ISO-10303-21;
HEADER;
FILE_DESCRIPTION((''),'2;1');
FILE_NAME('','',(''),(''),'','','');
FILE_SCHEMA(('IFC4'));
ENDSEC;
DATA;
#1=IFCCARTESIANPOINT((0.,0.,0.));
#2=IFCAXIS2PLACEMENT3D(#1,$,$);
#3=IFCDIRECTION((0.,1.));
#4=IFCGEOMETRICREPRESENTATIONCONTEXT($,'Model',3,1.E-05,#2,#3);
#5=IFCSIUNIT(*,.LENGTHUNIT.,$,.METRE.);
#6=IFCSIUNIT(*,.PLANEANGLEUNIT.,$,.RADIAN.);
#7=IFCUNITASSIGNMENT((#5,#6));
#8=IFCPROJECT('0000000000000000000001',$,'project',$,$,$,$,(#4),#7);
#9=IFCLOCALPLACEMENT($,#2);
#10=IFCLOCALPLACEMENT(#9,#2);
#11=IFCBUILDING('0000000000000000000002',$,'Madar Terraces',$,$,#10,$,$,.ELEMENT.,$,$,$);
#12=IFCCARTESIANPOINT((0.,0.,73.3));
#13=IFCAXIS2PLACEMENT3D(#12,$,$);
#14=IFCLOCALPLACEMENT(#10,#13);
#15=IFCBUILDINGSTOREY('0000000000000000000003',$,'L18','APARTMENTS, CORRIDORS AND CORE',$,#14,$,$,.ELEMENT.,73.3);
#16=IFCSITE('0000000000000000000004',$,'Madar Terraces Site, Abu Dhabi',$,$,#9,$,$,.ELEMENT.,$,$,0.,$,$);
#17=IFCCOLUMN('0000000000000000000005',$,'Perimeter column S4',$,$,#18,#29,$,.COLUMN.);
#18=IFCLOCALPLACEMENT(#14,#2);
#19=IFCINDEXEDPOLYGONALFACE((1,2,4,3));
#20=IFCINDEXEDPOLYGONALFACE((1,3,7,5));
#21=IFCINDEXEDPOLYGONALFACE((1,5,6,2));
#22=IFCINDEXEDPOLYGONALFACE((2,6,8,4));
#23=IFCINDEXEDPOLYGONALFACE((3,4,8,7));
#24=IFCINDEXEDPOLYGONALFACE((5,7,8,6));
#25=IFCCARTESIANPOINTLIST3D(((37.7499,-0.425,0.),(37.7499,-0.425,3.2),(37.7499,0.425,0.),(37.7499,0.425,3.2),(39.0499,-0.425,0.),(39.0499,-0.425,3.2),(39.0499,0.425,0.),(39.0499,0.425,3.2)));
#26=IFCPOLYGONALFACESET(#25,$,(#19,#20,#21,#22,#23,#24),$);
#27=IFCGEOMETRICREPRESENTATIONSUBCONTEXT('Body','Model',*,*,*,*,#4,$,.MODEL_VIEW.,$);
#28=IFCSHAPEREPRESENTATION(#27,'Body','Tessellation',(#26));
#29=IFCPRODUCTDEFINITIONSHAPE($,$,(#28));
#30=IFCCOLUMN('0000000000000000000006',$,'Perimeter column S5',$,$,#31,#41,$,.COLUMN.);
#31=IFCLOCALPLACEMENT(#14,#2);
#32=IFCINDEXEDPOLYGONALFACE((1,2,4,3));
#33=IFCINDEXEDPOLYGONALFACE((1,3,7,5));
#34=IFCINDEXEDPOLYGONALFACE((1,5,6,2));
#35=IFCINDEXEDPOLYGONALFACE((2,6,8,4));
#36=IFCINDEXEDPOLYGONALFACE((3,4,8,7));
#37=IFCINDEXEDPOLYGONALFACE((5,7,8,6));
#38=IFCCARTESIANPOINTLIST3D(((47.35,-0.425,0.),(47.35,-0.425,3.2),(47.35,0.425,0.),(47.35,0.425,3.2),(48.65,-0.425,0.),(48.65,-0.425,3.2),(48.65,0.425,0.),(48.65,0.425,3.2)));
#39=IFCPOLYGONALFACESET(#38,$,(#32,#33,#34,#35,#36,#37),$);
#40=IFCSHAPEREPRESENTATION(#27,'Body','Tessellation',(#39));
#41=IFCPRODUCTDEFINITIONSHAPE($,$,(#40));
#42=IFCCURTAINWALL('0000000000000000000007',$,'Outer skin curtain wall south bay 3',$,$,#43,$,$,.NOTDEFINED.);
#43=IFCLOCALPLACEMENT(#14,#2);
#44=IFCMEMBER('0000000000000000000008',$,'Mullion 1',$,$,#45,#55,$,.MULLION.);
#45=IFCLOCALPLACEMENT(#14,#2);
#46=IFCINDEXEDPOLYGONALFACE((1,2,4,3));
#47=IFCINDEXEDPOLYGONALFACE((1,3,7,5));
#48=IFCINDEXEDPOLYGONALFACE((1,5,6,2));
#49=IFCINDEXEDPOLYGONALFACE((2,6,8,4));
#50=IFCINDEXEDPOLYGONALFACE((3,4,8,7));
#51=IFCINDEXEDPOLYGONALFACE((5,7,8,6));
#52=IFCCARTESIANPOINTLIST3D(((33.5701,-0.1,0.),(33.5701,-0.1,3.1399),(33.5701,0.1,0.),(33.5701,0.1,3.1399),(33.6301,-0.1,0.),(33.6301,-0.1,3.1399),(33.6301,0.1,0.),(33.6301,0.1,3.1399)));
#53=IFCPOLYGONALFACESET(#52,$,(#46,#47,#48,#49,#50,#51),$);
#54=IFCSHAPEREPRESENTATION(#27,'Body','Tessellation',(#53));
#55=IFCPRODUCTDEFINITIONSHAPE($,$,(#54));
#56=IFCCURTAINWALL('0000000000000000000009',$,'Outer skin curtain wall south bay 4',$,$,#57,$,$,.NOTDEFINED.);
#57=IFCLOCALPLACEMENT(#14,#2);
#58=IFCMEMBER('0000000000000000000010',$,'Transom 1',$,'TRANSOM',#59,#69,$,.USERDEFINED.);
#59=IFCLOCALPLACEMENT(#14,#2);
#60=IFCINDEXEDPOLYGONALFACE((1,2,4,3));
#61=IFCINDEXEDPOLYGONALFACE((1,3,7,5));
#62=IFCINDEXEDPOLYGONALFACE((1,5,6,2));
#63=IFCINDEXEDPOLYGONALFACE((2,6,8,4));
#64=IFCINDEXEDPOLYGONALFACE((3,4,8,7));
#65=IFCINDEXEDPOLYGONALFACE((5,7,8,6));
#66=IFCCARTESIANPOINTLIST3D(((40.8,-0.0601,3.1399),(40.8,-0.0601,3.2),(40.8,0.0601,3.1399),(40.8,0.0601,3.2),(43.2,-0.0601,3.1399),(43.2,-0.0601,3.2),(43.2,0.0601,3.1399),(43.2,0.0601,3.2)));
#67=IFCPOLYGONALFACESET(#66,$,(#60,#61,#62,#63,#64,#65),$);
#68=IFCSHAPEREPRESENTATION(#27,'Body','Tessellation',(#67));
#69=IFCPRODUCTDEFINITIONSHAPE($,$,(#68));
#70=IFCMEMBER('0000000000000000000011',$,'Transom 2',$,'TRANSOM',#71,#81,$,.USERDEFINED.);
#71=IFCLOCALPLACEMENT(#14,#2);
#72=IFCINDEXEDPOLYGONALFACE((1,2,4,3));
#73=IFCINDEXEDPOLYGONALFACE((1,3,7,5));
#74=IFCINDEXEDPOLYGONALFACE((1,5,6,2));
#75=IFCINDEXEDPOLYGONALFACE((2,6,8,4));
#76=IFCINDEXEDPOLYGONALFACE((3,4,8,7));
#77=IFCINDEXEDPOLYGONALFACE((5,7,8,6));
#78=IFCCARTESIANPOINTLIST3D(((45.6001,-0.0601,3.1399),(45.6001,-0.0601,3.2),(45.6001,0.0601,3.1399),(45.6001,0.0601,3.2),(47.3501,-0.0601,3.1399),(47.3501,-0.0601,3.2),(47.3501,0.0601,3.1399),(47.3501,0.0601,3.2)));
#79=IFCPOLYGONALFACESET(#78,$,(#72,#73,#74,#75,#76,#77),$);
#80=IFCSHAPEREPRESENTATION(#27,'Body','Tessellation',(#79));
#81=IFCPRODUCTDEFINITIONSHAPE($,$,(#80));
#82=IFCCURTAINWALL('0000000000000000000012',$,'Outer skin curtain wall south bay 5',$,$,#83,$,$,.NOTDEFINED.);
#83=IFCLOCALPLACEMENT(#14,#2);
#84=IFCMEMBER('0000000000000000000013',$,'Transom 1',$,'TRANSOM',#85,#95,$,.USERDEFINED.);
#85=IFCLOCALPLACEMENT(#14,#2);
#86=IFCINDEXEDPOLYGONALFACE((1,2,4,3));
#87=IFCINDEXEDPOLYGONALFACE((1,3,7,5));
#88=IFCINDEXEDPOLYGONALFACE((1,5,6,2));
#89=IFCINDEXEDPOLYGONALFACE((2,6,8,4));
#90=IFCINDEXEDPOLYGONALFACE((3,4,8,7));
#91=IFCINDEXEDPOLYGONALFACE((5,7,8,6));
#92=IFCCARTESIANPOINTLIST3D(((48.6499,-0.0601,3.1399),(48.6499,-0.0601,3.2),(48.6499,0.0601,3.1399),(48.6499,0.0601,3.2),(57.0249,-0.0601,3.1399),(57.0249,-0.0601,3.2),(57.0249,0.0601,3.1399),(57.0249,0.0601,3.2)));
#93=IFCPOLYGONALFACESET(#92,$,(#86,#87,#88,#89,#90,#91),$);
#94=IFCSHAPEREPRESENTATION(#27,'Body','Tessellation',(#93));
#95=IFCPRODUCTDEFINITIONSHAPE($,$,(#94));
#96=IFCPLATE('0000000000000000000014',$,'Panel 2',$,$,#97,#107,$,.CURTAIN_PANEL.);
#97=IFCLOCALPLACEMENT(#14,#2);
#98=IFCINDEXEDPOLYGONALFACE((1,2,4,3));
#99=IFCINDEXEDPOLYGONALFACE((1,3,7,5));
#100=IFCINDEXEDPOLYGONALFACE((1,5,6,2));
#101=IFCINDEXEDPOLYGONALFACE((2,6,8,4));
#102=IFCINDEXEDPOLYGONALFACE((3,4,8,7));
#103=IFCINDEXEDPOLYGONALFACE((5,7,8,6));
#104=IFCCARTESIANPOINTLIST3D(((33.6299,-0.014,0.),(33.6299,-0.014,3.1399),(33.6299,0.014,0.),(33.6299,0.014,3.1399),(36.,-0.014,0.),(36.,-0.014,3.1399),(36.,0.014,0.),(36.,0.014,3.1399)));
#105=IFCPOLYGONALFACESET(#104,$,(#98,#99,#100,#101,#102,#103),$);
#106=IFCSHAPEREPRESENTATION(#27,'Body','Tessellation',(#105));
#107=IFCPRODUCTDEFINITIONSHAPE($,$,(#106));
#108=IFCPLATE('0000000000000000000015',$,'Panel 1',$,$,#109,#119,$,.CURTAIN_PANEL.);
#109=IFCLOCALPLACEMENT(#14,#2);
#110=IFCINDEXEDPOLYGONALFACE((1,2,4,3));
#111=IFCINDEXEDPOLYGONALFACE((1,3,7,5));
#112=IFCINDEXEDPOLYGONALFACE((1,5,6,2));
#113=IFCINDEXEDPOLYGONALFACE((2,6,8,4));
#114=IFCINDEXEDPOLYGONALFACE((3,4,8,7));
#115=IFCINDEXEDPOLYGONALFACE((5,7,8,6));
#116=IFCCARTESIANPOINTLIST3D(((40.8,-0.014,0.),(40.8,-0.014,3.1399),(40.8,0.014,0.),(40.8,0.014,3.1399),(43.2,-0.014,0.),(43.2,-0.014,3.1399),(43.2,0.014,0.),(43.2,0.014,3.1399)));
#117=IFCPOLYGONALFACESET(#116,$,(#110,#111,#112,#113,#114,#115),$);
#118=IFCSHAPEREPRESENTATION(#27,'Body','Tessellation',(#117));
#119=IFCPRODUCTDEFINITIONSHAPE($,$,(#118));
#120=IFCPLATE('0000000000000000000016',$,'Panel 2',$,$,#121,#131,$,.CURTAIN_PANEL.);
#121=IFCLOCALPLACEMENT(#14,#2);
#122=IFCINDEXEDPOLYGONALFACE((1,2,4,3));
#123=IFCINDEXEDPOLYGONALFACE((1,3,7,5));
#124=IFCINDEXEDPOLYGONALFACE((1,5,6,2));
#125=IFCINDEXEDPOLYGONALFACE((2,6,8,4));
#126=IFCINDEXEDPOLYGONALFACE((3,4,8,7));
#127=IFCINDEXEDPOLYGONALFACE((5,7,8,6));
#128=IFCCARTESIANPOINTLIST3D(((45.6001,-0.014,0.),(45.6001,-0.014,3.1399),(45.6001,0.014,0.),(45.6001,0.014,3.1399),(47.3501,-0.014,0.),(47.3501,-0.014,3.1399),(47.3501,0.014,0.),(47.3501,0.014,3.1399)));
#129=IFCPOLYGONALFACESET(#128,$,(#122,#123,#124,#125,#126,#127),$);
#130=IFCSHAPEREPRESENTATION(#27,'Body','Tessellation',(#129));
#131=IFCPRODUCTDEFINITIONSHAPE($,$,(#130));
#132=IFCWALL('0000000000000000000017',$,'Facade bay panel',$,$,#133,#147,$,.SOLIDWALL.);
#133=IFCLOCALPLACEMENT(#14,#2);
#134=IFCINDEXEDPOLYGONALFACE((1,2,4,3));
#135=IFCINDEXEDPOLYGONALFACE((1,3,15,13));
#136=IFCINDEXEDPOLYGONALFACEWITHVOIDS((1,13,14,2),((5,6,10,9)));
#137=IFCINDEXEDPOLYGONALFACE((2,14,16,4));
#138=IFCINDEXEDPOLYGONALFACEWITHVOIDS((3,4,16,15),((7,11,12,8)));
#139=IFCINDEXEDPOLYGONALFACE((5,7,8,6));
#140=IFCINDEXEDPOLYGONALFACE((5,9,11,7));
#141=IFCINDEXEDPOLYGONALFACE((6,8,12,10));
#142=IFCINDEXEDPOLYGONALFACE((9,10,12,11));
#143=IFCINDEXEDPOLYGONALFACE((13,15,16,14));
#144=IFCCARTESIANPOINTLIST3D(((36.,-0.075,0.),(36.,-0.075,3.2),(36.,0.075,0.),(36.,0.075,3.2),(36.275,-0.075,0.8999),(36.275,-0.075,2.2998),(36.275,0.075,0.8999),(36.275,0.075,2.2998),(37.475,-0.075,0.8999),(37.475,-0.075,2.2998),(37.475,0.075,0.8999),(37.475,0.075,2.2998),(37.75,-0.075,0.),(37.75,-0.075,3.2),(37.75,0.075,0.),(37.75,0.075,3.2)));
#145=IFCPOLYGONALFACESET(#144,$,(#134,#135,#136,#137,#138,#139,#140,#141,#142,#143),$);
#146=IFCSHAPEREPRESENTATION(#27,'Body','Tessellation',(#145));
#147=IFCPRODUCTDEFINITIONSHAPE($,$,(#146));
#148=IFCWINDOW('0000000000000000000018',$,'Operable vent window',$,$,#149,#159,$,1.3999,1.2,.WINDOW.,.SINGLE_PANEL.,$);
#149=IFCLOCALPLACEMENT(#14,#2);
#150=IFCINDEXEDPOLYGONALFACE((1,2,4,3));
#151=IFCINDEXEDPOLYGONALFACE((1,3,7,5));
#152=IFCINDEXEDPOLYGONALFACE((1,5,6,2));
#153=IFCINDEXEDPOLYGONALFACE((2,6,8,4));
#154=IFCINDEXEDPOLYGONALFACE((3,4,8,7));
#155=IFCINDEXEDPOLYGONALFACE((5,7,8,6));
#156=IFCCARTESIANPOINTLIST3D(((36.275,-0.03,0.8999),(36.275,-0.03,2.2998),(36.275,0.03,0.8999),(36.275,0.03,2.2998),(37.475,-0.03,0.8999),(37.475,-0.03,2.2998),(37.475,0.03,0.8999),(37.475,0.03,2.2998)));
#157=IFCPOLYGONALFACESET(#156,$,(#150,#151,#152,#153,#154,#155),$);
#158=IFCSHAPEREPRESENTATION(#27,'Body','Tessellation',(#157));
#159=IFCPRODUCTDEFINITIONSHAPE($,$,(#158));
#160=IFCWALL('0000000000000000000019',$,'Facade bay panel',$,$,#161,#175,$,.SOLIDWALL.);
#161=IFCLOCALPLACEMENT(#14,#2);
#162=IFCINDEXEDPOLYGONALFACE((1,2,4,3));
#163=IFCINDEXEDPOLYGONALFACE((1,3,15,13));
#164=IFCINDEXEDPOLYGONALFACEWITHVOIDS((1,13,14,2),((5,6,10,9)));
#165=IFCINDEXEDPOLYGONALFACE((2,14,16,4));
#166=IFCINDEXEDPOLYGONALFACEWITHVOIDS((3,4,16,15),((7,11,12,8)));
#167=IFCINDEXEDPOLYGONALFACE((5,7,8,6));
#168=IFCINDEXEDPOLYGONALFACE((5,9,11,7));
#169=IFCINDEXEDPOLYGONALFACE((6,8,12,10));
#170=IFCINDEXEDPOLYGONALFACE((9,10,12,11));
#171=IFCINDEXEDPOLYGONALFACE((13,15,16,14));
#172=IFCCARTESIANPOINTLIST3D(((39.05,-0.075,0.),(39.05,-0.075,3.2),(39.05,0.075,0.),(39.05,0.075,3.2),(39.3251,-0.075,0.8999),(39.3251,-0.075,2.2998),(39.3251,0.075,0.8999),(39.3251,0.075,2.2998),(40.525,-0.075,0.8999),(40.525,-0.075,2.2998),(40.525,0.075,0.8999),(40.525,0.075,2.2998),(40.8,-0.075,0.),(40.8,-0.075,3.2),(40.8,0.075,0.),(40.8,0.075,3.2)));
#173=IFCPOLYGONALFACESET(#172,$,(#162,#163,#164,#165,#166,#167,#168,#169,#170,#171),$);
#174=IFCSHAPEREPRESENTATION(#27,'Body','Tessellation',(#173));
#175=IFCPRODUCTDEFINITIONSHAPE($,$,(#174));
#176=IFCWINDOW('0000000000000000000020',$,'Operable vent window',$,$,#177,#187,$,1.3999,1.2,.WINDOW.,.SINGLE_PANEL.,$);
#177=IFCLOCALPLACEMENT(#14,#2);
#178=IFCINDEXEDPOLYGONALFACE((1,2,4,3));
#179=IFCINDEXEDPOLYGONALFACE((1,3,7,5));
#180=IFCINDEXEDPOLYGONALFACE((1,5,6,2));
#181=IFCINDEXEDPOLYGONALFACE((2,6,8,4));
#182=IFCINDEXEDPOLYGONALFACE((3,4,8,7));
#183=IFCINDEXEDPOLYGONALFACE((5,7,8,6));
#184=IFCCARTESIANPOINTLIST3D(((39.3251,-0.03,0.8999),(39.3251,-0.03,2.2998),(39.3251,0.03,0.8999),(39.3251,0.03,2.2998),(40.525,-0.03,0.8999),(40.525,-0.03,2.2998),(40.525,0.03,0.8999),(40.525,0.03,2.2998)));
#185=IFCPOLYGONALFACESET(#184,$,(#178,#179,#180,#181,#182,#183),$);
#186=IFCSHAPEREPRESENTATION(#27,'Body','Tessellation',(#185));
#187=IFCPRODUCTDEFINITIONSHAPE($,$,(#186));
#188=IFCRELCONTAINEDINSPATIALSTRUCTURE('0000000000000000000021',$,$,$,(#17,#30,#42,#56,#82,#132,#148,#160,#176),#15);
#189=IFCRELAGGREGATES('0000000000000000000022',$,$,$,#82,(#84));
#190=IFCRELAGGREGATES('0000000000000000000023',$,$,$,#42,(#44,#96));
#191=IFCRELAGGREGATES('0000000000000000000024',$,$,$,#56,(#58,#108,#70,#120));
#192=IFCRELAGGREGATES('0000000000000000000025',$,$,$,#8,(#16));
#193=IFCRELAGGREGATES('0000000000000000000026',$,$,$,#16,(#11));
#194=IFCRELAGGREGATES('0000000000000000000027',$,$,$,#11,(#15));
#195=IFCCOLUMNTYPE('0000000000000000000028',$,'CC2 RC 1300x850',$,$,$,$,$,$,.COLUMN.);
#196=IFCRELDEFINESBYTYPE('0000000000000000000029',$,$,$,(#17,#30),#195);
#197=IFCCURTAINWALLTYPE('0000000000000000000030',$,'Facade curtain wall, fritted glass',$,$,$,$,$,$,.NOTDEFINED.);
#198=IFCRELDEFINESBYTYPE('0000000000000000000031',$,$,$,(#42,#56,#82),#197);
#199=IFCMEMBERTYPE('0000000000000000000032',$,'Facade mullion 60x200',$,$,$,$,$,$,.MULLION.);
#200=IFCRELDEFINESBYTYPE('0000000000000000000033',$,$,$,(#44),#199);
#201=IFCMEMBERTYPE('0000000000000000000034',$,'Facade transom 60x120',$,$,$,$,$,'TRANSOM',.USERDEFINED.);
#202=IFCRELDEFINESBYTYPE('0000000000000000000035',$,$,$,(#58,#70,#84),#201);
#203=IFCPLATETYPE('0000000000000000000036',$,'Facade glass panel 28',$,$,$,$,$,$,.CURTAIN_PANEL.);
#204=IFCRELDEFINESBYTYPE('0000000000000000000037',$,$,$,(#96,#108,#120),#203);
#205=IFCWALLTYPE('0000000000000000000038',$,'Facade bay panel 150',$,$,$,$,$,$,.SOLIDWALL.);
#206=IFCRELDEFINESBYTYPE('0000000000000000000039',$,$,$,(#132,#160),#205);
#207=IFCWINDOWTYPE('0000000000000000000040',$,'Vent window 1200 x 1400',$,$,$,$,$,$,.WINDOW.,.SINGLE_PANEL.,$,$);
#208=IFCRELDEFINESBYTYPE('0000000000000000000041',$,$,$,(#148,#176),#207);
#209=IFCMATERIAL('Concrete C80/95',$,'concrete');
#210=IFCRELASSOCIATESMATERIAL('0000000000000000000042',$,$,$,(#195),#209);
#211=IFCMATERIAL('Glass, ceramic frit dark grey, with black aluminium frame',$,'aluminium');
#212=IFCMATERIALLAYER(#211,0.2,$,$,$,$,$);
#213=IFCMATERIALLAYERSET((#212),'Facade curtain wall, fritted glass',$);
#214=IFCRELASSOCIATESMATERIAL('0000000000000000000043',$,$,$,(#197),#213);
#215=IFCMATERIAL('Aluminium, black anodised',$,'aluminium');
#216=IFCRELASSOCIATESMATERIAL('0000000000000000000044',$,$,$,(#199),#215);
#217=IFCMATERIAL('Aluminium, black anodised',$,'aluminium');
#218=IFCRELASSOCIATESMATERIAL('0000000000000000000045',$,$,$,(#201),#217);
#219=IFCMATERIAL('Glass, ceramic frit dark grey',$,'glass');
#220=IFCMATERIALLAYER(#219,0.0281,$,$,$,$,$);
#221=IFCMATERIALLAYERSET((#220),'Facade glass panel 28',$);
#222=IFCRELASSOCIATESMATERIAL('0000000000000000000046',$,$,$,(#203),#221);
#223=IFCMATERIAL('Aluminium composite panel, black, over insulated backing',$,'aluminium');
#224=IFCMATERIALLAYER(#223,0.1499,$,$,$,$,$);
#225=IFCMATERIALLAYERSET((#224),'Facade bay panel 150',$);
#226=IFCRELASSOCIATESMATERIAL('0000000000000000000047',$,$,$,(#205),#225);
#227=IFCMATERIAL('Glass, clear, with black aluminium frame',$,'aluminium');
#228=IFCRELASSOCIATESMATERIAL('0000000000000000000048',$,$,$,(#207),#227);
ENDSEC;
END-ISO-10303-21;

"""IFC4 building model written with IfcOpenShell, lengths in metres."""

from ifc_helpers import new_model, si_unit, direction, frame, frame_2d, origin, origin_2d, place, context, subcontext, project, spatial, rectangle, extrude, material, layer, layer_set, material_profile, profile_set, type_object, element, fill, aggregate, save


model = new_model("IFC4")

# Units and contexts
model_context = context("Model", 3, precision=1e-05, world=origin(), true_north=direction((0.0, 1.0)))
body_context = subcontext(model_context, "Body", "Model", "MODEL_VIEW")
ifc_project = project(units=[si_unit("LENGTHUNIT", "METRE"), si_unit("PLANEANGLEUNIT", "RADIAN")], contexts=[model_context])

# Site, building, storey
site_placement = place(None, origin())
site = spatial("IfcSite", under=ifc_project, at=site_placement, Name="Madar Terraces Site, Abu Dhabi", CompositionType="ELEMENT", RefElevation=0.0)
building_placement = place(site_placement, origin())
building = spatial("IfcBuilding", under=site, at=building_placement, Name="Madar Terraces", CompositionType="ELEMENT")
storey_placement = place(building_placement, frame((0.0, 0.0, 73.3)))
storey = spatial("IfcBuildingStorey", under=building, at=storey_placement, Name="L18", Description="APARTMENTS, CORRIDORS AND CORE", CompositionType="ELEMENT", Elevation=73.3)

# Columns
ifc_material_1 = material(Name="Concrete C80/95", Category="concrete")
ifc_material_profile_1 = material_profile(ifc_material_1, rectangle(XDim=1.3, YDim=0.8501, at=origin_2d()), Name="CC2 RC 1300x850")
ifc_profile_set_1 = profile_set([ifc_material_profile_1], Name="Concrete C80/95")
column_type = type_object("IfcColumnType", Name="CC2 RC 1300x850", PredefinedType="COLUMN", material=ifc_profile_set_1)
for number, where, z_axis, x_axis, name in (
    (1, (38.3999, 0.0, 0.0), (0.0, 0.0, 1.0), (1.0, 0.0, 0.0), "Perimeter column S4"),
    (2, (48.0, 0.0, 0.0), (0.0, 0.0, 1.0), (1.0, 0.0, 0.0), "Perimeter column S5"),
):
    element("IfcColumn", number, at=place(storey_placement, frame(where, z_axis=z_axis, x_axis=x_axis)), inside=storey, type_object=column_type, Name=name, PredefinedType="COLUMN", context=body_context, shape_type="SweptSolid", body=[
        extrude(rectangle(XDim=1.3, YDim=0.8501, at=origin_2d()), origin(), (0.0, 0.0, 1.0), 3.2),
    ])

# Curtain wall, member
ifc_material_2 = material(Name="Glass, ceramic frit dark grey, with black aluminium frame", Category="aluminium")
ifc_layer_1 = layer(ifc_material_2, 0.2)
ifc_layer_set_1 = layer_set([ifc_layer_1], Name="Facade curtain wall, fritted glass")
curtain_wall_type = type_object("IfcCurtainWallType", Name="Facade curtain wall, fritted glass", PredefinedType="NOTDEFINED", material=ifc_layer_set_1)
curtain_wall_1_placement = place(storey_placement, origin())
curtain_wall_1 = element("IfcCurtainWall", 3, at=curtain_wall_1_placement, inside=storey, type_object=curtain_wall_type, Name="Outer skin curtain wall south bay 3", PredefinedType="NOTDEFINED")
ifc_material_3 = material(Name="Aluminium, black anodised", Category="aluminium")
ifc_material_profile_2 = material_profile(ifc_material_3, rectangle(XDim=0.2, YDim=0.0601, at=origin_2d()), Name="Facade mullion 60x200")
ifc_profile_set_2 = profile_set([ifc_material_profile_2], Name="Aluminium, black anodised")
member_type_1 = type_object("IfcMemberType", Name="Facade mullion 60x200", PredefinedType="MULLION", material=ifc_profile_set_2)
member_1_placement = place(storey_placement, frame((33.6001, 0.0, 0.0), z_axis=(0.0, 0.0, 1.0), x_axis=(0.0, 1.0, 0.0)))
member_1 = element("IfcMember", 4, at=member_1_placement, type_object=member_type_1, Name="Mullion 1", PredefinedType="MULLION", context=body_context, shape_type="SweptSolid", body=[
    extrude(rectangle(XDim=0.2, YDim=0.0601, at=origin_2d()), origin(), (0.0, 0.0, 1.0), 3.1399),
])

# Curtain wall, members
curtain_wall_2_placement = place(storey_placement, origin())
curtain_wall_2 = element("IfcCurtainWall", 5, at=curtain_wall_2_placement, inside=storey, type_object=curtain_wall_type, Name="Outer skin curtain wall south bay 4", PredefinedType="NOTDEFINED")
ifc_material_4 = material(Name="Aluminium, black anodised", Category="aluminium")
ifc_material_profile_3 = material_profile(ifc_material_4, rectangle(XDim=0.1201, YDim=0.0601, at=origin_2d()), Name="Facade transom 60x120")
ifc_profile_set_3 = profile_set([ifc_material_profile_3], Name="Aluminium, black anodised")
member_type_2 = type_object("IfcMemberType", Name="Facade transom 60x120", ElementType="TRANSOM", PredefinedType="USERDEFINED", material=ifc_profile_set_3)
member_2_placement = place(storey_placement, frame((40.8, 0.0, 3.1699), z_axis=(1.0, 0.0, 0.0), x_axis=(0.0, 1.0, 0.0)))
member_2 = element("IfcMember", 6, at=member_2_placement, type_object=member_type_2, Name="Transom 1", ObjectType="TRANSOM", PredefinedType="USERDEFINED", context=body_context, shape_type="SweptSolid", body=[
    extrude(rectangle(XDim=0.1201, YDim=0.0601, at=origin_2d()), origin(), (0.0, 0.0, 1.0), 2.3999),
])
member_3_placement = place(storey_placement, frame((45.6001, 0.0, 3.1699), z_axis=(1.0, 0.0, 0.0), x_axis=(0.0, 1.0, 0.0)))
member_3 = element("IfcMember", 7, at=member_3_placement, type_object=member_type_2, Name="Transom 2", ObjectType="TRANSOM", PredefinedType="USERDEFINED", context=body_context, shape_type="SweptSolid", body=[
    extrude(rectangle(XDim=0.1201, YDim=0.0601, at=origin_2d()), origin(), (0.0, 0.0, 1.0), 1.75),
])

# Curtain wall, member
curtain_wall_3_placement = place(storey_placement, origin())
curtain_wall_3 = element("IfcCurtainWall", 8, at=curtain_wall_3_placement, inside=storey, type_object=curtain_wall_type, Name="Outer skin curtain wall south bay 5", PredefinedType="NOTDEFINED")
member_4_placement = place(storey_placement, frame((48.6499, 0.0, 3.1699), z_axis=(1.0, 0.0, 0.0), x_axis=(0.0, 1.0, 0.0)))
member_4 = element("IfcMember", 9, at=member_4_placement, type_object=member_type_2, Name="Transom 1", ObjectType="TRANSOM", PredefinedType="USERDEFINED", context=body_context, shape_type="SweptSolid", body=[
    extrude(rectangle(XDim=0.1201, YDim=0.0601, at=origin_2d()), origin(), (0.0, 0.0, 1.0), 8.375),
])
aggregate(curtain_wall_3, [member_4])

# Plates
ifc_material_5 = material(Name="Glass, ceramic frit dark grey", Category="glass")
ifc_layer_2 = layer(ifc_material_5, 0.0281)
ifc_layer_set_2 = layer_set([ifc_layer_2], Name="Facade glass panel 28")
plate_type = type_object("IfcPlateType", Name="Facade glass panel 28", PredefinedType="CURTAIN_PANEL", material=ifc_layer_set_2)
plate_1_placement = place(storey_placement, frame((34.8149, 0.0, 0.0), z_axis=(0.0, 0.0, 1.0), x_axis=(1.0, 0.0, 0.0)))
plate_1 = element("IfcPlate", 10, at=plate_1_placement, type_object=plate_type, Name="Panel 2", PredefinedType="CURTAIN_PANEL", context=body_context, shape_type="SweptSolid", body=[
    extrude(rectangle(XDim=2.3701, YDim=0.0281, at=origin_2d()), origin(), (0.0, 0.0, 1.0), 3.1399),
])
aggregate(curtain_wall_1, [member_1, plate_1])
plate_2_placement = place(storey_placement, frame((42.0, 0.0, 0.0), z_axis=(0.0, 0.0, 1.0), x_axis=(1.0, 0.0, 0.0)))
plate_2 = element("IfcPlate", 11, at=plate_2_placement, type_object=plate_type, Name="Panel 1", PredefinedType="CURTAIN_PANEL", context=body_context, shape_type="SweptSolid", body=[
    extrude(rectangle(XDim=2.3999, YDim=0.0281, at=origin_2d()), origin(), (0.0, 0.0, 1.0), 3.1399),
])
plate_3_placement = place(storey_placement, frame((46.4751, 0.0, 0.0), z_axis=(0.0, 0.0, 1.0), x_axis=(1.0, 0.0, 0.0)))
plate_3 = element("IfcPlate", 12, at=plate_3_placement, type_object=plate_type, Name="Panel 2", PredefinedType="CURTAIN_PANEL", context=body_context, shape_type="SweptSolid", body=[
    extrude(rectangle(XDim=1.75, YDim=0.0281, at=origin_2d()), origin(), (0.0, 0.0, 1.0), 3.1399),
])
aggregate(curtain_wall_2, [member_2, plate_2, member_3, plate_3])

# Walls, openings, windows
ifc_material_6 = material(Name="Aluminium composite panel, black, over insulated backing", Category="aluminium")
ifc_layer_3 = layer(ifc_material_6, 0.1499)
ifc_layer_set_3 = layer_set([ifc_layer_3], Name="Facade bay panel 150")
wall_type_1 = type_object("IfcWallType", Name="Facade bay panel 150", PredefinedType="SOLIDWALL", material=ifc_layer_set_3)
wall_1_placement = place(storey_placement, frame((36.0, 0.0, 0.0), z_axis=(0.0, 0.0, 1.0), x_axis=(1.0, 0.0, 0.0)))
wall_1 = element("IfcWall", 13, at=wall_1_placement, inside=storey, type_object=wall_type_1, Name="Facade bay panel", PredefinedType="SOLIDWALL", context=body_context, shape_type="SweptSolid", body=[
    extrude(rectangle(XDim=1.75, YDim=0.1499, at=frame_2d((0.875, 0.0))), origin(), (0.0, 0.0, 1.0), 3.2),
])
opening_1_placement = place(wall_1_placement, frame((0.2749, 0.0, 0.8999)))
opening_1 = element("IfcOpeningElement", 14, at=opening_1_placement, cuts=wall_1, PredefinedType="OPENING", context=body_context, shape_type="SweptSolid", body=[
    extrude(rectangle(XDim=1.2, YDim=1.3999, at=frame_2d((0.6001, 0.7))), frame((0.0, 0.085, 0.0), z_axis=(0.0, -1.0, 0.0), x_axis=(1.0, 0.0, 0.0)), (0.0, 0.0, 1.0), 0.1699),
])
ifc_material_7 = material(Name="Glass, clear, with black aluminium frame", Category="aluminium")
window_type = type_object("IfcWindowType", Name="Vent window 1200 x 1400", PartitioningType="SINGLE_PANEL", PredefinedType="WINDOW", material=ifc_material_7)
window_1_placement = place(opening_1_placement, origin())
window_1 = element("IfcWindow", 15, at=window_1_placement, inside=storey, type_object=window_type, Name="Operable vent window", OverallHeight=1.3999, OverallWidth=1.2, PartitioningType="SINGLE_PANEL", PredefinedType="WINDOW", context=body_context, shape_type="SweptSolid", body=[
    extrude(rectangle(XDim=1.2, YDim=1.3999, at=frame_2d((0.6001, 0.7))), frame((0.0, 0.03, 0.0), z_axis=(0.0, -1.0, 0.0), x_axis=(1.0, 0.0, 0.0)), (0.0, 0.0, 1.0), 0.0601),
])
fill(opening_1, window_1)
wall_2_placement = place(storey_placement, frame((39.05, 0.0, 0.0), z_axis=(0.0, 0.0, 1.0), x_axis=(1.0, 0.0, 0.0)))
wall_2 = element("IfcWall", 16, at=wall_2_placement, inside=storey, type_object=wall_type_1, Name="Facade bay panel", PredefinedType="SOLIDWALL", context=body_context, shape_type="SweptSolid", body=[
    extrude(rectangle(XDim=1.75, YDim=0.1499, at=frame_2d((0.875, 0.0))), origin(), (0.0, 0.0, 1.0), 3.2),
])
opening_2_placement = place(wall_2_placement, frame((0.2749, 0.0, 0.8999)))
opening_2 = element("IfcOpeningElement", 17, at=opening_2_placement, cuts=wall_2, PredefinedType="OPENING", context=body_context, shape_type="SweptSolid", body=[
    extrude(rectangle(XDim=1.2, YDim=1.3999, at=frame_2d((0.6001, 0.7))), frame((0.0, 0.085, 0.0), z_axis=(0.0, -1.0, 0.0), x_axis=(1.0, 0.0, 0.0)), (0.0, 0.0, 1.0), 0.1699),
])
window_2_placement = place(opening_2_placement, origin())
window_2 = element("IfcWindow", 18, at=window_2_placement, inside=storey, type_object=window_type, Name="Operable vent window", OverallHeight=1.3999, OverallWidth=1.2, PartitioningType="SINGLE_PANEL", PredefinedType="WINDOW", context=body_context, shape_type="SweptSolid", body=[
    extrude(rectangle(XDim=1.2, YDim=1.3999, at=frame_2d((0.6001, 0.7))), frame((0.0, 0.03, 0.0), z_axis=(0.0, -1.0, 0.0), x_axis=(1.0, 0.0, 0.0)), (0.0, 0.0, 1.0), 0.0601),
])
fill(opening_2, window_2)

save(model, "model.ifc")
